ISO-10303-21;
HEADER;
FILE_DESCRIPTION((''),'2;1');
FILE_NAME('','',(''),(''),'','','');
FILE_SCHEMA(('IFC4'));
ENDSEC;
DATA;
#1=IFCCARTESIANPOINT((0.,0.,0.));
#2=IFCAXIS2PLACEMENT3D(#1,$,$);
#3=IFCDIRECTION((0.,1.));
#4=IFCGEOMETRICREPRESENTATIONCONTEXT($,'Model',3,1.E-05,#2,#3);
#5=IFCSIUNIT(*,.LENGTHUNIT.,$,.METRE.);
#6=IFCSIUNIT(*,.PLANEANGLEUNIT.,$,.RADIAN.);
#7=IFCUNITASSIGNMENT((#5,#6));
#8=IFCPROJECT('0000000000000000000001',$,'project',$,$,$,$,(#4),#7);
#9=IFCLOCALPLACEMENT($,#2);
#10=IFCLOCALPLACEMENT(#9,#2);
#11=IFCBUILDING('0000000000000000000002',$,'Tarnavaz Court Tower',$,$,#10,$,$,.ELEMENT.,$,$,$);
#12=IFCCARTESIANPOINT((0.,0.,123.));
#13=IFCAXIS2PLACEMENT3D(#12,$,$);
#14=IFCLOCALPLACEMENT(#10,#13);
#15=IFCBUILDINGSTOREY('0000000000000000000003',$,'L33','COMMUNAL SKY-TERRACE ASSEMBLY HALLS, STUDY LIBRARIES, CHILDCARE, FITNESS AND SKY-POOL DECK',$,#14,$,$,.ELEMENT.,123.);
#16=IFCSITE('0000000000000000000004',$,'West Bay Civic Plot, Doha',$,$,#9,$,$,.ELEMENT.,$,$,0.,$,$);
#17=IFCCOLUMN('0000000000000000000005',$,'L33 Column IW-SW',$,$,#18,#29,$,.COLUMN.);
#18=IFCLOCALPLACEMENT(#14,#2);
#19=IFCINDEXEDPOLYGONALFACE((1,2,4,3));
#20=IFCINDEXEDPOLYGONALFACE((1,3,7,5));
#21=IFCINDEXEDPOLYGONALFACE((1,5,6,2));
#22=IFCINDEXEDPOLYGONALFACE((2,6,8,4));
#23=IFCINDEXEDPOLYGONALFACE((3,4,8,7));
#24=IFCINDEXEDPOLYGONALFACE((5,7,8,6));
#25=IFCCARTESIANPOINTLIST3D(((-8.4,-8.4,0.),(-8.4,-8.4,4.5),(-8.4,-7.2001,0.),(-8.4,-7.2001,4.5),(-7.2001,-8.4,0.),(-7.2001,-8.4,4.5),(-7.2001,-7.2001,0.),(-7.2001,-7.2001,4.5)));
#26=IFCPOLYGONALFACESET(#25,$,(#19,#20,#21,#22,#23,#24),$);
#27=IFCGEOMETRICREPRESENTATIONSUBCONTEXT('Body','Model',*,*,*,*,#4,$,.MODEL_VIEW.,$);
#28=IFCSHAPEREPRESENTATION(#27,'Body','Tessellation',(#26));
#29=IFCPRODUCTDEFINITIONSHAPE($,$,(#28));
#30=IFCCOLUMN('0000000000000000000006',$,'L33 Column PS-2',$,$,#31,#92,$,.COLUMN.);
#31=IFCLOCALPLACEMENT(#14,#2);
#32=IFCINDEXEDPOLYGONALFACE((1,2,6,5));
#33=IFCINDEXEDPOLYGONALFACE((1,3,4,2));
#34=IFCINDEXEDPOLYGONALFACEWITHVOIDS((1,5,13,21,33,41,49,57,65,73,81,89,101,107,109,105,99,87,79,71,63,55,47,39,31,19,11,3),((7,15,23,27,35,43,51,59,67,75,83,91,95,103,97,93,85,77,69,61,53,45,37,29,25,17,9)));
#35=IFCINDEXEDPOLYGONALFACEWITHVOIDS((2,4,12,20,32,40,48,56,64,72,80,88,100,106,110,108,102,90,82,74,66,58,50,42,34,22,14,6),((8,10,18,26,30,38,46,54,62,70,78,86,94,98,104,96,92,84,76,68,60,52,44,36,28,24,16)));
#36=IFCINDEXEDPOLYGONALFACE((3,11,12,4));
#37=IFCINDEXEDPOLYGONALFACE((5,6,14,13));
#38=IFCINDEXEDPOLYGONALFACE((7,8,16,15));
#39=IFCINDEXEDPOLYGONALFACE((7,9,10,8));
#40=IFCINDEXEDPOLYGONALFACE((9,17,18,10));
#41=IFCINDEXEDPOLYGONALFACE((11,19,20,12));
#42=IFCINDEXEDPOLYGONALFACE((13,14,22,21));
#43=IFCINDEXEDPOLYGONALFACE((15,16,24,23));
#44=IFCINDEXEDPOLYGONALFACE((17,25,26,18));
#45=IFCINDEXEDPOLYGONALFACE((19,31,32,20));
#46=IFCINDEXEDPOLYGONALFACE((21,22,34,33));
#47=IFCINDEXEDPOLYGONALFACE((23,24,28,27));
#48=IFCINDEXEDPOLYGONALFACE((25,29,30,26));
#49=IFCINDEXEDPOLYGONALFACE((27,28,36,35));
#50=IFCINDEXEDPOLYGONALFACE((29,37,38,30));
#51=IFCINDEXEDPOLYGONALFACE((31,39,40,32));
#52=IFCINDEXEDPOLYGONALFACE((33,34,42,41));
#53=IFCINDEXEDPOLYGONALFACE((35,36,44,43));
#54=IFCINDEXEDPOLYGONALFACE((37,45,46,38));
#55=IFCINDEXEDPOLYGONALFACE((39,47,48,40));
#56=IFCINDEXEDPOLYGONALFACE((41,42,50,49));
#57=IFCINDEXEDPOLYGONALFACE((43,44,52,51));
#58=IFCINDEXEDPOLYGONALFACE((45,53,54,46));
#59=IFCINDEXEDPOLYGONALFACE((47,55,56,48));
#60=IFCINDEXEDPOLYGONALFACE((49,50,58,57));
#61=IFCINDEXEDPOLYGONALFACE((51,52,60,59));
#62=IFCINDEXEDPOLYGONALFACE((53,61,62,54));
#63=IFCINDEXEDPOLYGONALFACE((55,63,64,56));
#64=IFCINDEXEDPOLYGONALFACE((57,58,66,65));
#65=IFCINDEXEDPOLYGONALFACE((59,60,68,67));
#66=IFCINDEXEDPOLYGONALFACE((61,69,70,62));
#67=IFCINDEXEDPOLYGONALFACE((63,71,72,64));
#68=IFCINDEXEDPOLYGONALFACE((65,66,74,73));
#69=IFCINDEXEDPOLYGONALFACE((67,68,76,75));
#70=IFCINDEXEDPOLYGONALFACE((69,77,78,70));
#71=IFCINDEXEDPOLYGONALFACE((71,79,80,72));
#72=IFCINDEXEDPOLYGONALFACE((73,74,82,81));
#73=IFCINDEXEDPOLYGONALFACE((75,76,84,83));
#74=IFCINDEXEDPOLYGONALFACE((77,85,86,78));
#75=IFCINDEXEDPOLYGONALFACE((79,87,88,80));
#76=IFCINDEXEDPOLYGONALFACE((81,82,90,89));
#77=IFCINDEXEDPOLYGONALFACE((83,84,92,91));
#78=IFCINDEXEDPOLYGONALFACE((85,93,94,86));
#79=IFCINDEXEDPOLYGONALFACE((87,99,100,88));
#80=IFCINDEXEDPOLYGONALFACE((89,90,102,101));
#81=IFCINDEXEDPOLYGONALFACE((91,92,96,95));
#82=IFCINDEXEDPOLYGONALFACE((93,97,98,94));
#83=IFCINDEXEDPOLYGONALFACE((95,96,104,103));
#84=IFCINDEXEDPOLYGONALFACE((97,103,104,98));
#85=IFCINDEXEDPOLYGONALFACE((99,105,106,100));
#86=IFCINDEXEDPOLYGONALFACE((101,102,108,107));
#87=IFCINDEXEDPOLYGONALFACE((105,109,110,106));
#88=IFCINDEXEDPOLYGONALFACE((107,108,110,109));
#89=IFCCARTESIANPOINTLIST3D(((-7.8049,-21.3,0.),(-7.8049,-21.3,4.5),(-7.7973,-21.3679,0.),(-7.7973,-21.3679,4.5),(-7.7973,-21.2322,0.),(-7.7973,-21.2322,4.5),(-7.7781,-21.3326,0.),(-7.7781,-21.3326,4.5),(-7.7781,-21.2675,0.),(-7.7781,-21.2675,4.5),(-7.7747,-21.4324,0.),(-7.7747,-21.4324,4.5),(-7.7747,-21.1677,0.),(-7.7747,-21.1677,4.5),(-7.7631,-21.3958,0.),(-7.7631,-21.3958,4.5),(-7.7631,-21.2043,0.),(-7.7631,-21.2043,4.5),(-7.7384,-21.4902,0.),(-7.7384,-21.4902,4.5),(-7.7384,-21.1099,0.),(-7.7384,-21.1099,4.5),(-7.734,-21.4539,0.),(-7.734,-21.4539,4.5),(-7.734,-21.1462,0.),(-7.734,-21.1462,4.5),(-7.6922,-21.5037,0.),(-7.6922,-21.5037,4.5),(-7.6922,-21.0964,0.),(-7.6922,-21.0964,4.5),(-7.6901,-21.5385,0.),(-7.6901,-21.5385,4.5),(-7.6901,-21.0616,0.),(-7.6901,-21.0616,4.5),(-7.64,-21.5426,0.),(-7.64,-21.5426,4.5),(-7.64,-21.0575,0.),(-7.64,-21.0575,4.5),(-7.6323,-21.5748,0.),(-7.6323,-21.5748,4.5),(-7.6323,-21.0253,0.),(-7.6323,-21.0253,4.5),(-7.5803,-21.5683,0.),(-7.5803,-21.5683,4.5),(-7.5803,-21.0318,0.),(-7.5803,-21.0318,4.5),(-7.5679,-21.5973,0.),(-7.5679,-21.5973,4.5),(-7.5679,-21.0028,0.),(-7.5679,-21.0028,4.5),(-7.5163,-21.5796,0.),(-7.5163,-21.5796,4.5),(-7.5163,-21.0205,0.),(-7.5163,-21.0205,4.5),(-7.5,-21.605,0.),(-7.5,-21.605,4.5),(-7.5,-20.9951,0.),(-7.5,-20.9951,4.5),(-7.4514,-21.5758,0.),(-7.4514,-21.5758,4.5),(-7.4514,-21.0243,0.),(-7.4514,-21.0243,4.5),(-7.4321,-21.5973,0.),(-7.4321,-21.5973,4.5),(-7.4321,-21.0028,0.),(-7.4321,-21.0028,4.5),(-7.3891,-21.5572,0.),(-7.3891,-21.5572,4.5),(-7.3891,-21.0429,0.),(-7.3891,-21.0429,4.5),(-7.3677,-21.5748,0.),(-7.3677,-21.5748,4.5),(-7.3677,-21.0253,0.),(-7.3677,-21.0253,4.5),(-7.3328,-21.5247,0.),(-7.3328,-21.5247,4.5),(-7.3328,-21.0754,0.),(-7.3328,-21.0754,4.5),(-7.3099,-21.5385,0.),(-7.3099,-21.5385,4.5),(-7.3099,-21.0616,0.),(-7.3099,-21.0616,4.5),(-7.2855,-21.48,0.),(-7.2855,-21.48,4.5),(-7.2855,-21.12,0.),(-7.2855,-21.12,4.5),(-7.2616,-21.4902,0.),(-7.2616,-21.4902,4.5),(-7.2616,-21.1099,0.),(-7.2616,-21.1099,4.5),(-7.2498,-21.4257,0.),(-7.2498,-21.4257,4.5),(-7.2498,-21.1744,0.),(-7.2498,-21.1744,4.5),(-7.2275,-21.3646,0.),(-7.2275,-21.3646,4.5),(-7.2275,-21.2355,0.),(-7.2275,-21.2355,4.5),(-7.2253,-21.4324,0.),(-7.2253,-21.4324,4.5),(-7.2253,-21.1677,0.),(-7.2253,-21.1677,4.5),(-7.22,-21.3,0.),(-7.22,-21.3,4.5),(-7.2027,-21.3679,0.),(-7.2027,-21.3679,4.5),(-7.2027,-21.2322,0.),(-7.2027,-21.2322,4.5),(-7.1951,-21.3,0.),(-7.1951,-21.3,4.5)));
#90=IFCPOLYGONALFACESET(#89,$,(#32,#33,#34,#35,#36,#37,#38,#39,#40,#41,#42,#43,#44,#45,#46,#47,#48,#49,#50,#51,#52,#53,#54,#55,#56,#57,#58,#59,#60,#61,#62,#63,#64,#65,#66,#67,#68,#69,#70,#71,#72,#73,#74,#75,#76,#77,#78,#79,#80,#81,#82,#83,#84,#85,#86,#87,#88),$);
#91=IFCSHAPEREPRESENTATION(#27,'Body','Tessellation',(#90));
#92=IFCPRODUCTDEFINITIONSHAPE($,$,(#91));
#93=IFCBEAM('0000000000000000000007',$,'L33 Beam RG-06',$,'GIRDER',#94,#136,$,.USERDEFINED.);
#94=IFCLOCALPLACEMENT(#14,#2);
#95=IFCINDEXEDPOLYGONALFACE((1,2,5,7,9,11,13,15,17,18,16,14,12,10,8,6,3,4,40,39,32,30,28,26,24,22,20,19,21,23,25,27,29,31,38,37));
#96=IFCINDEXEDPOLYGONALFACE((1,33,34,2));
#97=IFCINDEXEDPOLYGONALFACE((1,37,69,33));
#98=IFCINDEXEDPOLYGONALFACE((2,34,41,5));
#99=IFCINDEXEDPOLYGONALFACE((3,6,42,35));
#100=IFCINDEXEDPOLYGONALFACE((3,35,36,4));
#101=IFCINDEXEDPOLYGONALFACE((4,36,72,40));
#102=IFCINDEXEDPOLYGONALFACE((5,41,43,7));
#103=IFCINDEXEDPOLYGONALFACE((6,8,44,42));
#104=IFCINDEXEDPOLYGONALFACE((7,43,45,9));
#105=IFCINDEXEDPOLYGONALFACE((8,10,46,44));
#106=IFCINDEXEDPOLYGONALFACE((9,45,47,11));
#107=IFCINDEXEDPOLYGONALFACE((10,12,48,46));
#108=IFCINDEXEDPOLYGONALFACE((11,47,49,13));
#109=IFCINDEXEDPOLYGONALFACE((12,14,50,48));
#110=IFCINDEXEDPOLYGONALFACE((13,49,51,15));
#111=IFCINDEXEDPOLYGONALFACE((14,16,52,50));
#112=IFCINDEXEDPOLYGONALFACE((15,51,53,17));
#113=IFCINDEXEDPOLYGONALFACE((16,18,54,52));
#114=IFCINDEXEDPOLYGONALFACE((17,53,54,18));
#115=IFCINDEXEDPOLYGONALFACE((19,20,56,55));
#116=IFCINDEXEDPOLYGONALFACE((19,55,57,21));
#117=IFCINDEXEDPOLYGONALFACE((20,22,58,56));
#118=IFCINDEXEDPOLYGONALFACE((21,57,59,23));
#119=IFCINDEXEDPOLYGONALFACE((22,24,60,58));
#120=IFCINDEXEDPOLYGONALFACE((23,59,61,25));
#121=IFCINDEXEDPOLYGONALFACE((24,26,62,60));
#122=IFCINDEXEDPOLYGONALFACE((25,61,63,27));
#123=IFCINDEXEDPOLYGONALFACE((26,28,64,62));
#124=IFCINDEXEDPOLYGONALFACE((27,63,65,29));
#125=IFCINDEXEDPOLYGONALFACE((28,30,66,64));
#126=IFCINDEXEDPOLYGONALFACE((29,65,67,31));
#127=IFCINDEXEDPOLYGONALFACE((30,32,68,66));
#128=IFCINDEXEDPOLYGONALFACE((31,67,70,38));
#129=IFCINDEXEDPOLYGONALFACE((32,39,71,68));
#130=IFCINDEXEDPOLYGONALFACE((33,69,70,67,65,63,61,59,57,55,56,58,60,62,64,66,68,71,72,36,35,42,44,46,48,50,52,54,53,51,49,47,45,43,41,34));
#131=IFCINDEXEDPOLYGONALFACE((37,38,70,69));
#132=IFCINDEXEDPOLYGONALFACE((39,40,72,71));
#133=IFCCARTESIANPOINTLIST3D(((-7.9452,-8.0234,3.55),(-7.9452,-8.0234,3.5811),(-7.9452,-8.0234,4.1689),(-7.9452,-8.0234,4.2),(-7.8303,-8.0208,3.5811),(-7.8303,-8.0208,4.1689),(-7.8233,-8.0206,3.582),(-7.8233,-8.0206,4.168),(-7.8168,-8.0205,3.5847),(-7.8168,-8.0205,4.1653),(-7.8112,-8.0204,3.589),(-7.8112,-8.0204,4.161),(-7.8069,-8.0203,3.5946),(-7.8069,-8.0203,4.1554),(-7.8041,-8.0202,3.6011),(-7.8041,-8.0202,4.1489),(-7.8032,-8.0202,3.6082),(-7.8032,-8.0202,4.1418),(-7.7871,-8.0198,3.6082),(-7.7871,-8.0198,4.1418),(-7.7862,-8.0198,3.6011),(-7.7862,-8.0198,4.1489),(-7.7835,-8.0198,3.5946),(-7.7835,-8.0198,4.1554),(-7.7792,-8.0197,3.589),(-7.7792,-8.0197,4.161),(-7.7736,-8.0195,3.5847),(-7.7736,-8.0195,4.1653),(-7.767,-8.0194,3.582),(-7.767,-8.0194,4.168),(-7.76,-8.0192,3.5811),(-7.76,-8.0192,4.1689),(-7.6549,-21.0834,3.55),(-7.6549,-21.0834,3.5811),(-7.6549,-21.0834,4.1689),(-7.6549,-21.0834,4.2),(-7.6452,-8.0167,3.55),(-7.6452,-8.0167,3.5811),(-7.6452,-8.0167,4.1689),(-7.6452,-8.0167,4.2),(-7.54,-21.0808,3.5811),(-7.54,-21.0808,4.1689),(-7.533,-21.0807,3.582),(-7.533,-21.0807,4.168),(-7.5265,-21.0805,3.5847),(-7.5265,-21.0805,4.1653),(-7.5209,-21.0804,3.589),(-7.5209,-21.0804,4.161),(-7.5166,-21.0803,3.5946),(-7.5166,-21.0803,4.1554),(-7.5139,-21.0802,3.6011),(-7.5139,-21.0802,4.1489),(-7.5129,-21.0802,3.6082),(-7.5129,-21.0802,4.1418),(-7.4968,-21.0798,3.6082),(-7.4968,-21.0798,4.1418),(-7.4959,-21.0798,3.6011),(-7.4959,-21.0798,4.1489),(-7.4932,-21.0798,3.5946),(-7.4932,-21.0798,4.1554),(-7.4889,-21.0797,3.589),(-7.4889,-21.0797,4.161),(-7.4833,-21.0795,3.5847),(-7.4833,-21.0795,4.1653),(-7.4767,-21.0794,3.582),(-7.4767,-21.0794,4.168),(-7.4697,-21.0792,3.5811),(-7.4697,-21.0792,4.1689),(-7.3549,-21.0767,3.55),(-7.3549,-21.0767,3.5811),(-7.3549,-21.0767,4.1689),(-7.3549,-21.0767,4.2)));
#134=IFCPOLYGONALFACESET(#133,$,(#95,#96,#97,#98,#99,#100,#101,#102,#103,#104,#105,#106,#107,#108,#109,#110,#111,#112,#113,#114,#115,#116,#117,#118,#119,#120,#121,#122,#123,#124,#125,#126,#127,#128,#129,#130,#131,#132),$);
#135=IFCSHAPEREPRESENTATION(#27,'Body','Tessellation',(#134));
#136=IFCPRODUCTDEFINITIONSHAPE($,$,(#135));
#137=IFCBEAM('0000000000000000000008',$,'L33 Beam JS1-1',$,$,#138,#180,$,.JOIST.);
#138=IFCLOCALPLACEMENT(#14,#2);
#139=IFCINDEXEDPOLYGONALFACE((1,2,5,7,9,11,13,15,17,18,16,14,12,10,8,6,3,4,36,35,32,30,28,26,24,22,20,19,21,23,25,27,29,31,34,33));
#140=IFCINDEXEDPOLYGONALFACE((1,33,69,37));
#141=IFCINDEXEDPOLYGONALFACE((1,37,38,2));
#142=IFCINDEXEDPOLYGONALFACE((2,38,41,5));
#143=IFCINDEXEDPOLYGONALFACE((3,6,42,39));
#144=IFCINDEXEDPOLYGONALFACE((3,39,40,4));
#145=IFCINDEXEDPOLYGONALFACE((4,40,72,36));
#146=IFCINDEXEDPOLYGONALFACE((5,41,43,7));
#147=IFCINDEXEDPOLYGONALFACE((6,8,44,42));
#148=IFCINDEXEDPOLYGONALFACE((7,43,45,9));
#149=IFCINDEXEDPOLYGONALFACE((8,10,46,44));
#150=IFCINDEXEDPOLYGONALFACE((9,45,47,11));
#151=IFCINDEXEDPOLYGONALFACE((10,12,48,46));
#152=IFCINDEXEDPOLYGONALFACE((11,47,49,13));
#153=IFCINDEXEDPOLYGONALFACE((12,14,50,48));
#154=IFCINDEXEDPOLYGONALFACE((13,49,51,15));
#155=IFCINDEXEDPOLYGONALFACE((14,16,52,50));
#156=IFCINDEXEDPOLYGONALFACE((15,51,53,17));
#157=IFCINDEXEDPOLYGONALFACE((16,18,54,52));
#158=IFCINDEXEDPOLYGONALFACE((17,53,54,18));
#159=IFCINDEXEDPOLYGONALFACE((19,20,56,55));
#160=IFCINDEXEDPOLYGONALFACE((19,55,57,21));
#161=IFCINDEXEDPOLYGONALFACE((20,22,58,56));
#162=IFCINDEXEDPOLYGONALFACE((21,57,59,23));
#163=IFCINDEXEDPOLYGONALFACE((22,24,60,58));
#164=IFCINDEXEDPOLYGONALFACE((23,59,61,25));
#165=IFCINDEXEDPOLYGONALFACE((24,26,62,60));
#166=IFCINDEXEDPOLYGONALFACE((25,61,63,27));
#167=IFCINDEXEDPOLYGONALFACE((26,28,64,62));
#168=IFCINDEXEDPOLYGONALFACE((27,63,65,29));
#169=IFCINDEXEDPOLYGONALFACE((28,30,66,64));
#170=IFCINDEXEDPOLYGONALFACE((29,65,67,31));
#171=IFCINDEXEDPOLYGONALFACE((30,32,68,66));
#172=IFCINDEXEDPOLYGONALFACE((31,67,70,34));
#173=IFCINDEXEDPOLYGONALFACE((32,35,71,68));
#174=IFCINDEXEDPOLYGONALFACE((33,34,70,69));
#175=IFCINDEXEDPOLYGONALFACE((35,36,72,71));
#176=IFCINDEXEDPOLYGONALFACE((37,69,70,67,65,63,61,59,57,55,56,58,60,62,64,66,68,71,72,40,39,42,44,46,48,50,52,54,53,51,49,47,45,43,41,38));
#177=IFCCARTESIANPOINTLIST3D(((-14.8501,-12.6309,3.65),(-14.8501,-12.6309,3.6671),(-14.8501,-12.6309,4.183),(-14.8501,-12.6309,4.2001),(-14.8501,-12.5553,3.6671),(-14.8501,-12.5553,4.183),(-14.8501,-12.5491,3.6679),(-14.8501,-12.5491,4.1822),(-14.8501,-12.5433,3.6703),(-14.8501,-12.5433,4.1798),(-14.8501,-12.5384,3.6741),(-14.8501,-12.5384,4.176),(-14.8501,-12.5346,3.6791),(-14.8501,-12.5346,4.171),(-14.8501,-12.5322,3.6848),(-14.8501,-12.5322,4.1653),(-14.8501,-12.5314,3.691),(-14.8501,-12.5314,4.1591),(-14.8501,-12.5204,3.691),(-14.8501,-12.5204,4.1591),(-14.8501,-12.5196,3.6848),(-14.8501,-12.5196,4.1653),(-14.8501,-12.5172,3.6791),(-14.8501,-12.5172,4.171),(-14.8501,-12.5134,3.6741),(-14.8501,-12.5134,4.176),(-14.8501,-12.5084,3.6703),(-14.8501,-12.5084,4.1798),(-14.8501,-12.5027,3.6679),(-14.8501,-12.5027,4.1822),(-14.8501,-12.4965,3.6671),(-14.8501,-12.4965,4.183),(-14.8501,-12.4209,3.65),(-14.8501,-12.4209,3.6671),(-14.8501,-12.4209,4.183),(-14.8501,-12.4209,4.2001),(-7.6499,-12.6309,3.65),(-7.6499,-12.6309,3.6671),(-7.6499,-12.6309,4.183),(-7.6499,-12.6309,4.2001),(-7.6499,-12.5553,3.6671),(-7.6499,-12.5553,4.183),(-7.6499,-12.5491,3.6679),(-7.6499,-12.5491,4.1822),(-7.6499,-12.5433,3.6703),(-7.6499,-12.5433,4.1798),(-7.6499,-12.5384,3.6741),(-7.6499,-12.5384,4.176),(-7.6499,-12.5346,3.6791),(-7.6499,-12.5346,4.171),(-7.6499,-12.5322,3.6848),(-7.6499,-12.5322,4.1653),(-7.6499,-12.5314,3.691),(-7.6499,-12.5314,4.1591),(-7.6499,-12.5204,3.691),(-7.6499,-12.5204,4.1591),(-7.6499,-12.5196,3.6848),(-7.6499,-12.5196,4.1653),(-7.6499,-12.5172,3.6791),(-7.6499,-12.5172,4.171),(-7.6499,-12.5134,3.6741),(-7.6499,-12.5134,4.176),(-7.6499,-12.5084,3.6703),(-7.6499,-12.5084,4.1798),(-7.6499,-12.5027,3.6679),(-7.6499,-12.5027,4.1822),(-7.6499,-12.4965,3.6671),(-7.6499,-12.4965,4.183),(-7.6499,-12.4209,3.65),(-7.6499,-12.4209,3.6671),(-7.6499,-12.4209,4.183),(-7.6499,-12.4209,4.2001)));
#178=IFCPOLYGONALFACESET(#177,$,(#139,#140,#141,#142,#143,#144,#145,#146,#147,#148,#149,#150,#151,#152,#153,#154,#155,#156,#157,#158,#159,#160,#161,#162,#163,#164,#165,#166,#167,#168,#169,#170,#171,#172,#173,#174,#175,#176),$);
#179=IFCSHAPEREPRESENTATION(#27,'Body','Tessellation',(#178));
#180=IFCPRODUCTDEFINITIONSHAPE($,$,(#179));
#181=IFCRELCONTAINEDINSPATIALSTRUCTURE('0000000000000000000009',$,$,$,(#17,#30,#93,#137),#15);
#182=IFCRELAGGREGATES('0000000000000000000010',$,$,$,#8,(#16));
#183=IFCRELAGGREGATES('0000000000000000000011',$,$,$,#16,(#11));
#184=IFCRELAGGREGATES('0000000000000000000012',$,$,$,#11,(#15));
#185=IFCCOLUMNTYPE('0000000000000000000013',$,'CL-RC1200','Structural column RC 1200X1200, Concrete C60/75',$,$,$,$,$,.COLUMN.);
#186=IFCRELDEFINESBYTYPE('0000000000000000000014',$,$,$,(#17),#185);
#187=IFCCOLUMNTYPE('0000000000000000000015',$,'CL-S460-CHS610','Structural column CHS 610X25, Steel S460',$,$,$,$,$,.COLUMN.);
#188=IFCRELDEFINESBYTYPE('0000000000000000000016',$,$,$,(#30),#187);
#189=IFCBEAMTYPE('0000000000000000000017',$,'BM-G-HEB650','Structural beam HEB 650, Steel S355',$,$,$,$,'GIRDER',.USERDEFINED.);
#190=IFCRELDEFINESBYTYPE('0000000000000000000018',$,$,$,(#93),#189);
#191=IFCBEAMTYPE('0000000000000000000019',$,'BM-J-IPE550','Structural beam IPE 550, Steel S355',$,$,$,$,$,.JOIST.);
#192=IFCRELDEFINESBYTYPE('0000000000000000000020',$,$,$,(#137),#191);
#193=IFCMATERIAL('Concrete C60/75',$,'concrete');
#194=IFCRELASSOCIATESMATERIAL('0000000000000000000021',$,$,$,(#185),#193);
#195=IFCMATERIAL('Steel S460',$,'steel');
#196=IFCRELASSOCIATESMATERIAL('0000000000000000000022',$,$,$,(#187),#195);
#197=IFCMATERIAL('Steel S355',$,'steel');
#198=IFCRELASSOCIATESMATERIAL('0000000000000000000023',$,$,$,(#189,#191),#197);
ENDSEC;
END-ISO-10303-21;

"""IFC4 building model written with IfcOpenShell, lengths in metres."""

from ifc_helpers import new_model, si_unit, direction, frame, origin, origin_2d, place, context, subcontext, project, spatial, rectangle, hollow_circle, i_section, extrude, material, material_profile, profile_set, type_object, element, save


model = new_model("IFC4")

# Units and contexts
model_context = context("Model", 3, precision=1e-05, world=origin(), true_north=direction((0.0, 1.0)))
body_context = subcontext(model_context, "Body", "Model", "MODEL_VIEW")
ifc_project = project(units=[si_unit("LENGTHUNIT", "METRE"), si_unit("PLANEANGLEUNIT", "RADIAN")], contexts=[model_context])

# Site, building, storey
site_placement = place(None, origin())
site = spatial("IfcSite", under=ifc_project, at=site_placement, Name="West Bay Civic Plot, Doha", CompositionType="ELEMENT", RefElevation=0.0)
building_placement = place(site_placement, origin())
building = spatial("IfcBuilding", under=site, at=building_placement, Name="Tarnavaz Court Tower", CompositionType="ELEMENT")
storey_placement = place(building_placement, frame((0.0, 0.0, 123.0)))
storey = spatial("IfcBuildingStorey", under=building, at=storey_placement, Name="L33", Description="COMMUNAL SKY-TERRACE ASSEMBLY HALLS, STUDY LIBRARIES, CHILDCARE, FITNESS AND SKY-POOL DECK", CompositionType="ELEMENT", Elevation=123.0)

# Columns
ifc_material_1 = material(Name="Concrete C60/75", Category="concrete")
ifc_material_profile_1 = material_profile(ifc_material_1, rectangle(XDim=1.2, YDim=1.2, at=origin_2d()), Name="RC 1200X1200")
ifc_profile_set_1 = profile_set([ifc_material_profile_1], Name="Concrete C60/75")
column_type_1 = type_object("IfcColumnType", Name="CL-RC1200", Description="Structural column RC 1200X1200, Concrete C60/75", PredefinedType="COLUMN", material=ifc_profile_set_1)
column_1_placement = place(storey_placement, frame((-7.8, -7.8, 0.0), z_axis=(0.0, 0.0, 1.0), x_axis=(1.0, 0.0, 0.0)))
element("IfcColumn", 1, at=column_1_placement, inside=storey, type_object=column_type_1, Name="L33 Column IW-SW", PredefinedType="COLUMN", context=body_context, shape_type="SweptSolid", body=[
    extrude(rectangle(XDim=1.2, YDim=1.2, at=origin_2d()), origin(), (0.0, 0.0, 1.0), 4.5),
])
ifc_material_2 = material(Name="Steel S460", Category="steel")
ifc_material_profile_2 = material_profile(ifc_material_2, hollow_circle(Radius=0.3049, WallThickness=0.0249, at=origin_2d()), Name="CHS 610X25")
ifc_profile_set_2 = profile_set([ifc_material_profile_2], Name="Steel S460")
column_type_2 = type_object("IfcColumnType", Name="CL-S460-CHS610", Description="Structural column CHS 610X25, Steel S460", PredefinedType="COLUMN", material=ifc_profile_set_2)
column_2_placement = place(storey_placement, frame((-7.5, -21.3, 0.0), z_axis=(0.0, 0.0, 1.0), x_axis=(1.0, 0.0, 0.0)))
element("IfcColumn", 2, at=column_2_placement, inside=storey, type_object=column_type_2, Name="L33 Column PS-2", PredefinedType="COLUMN", context=body_context, shape_type="SweptSolid", body=[
    extrude(hollow_circle(Radius=0.3049, WallThickness=0.0249, at=origin_2d()), origin(), (0.0, 0.0, 1.0), 4.5),
])

# Beams
ifc_material_3 = material(Name="Steel S355", Category="steel")
ifc_material_profile_3 = material_profile(ifc_material_3, i_section(OverallWidth=0.3, OverallDepth=0.6499, WebThickness=0.0161, FlangeThickness=0.031, FilletRadius=0.0271, at=origin_2d()), Name="HEB 650")
ifc_profile_set_3 = profile_set([ifc_material_profile_3], Name="Steel S355")
beam_type_1 = type_object("IfcBeamType", Name="BM-G-HEB650", Description="Structural beam HEB 650, Steel S355", ElementType="GIRDER", PredefinedType="USERDEFINED", material=ifc_profile_set_3)
beam_1_placement = place(storey_placement, frame((-7.7952, -8.02, 3.875), z_axis=(0.022221, -0.999753, 0.0), x_axis=(0.999753, 0.022221, 0.0)))
element("IfcBeam", 3, at=beam_1_placement, inside=storey, type_object=beam_type_1, Name="L33 Beam RG-06", ObjectType="GIRDER", PredefinedType="USERDEFINED", context=body_context, shape_type="SweptSolid", body=[
    extrude(i_section(OverallWidth=0.3, OverallDepth=0.6499, WebThickness=0.0161, FlangeThickness=0.031, FilletRadius=0.0271, at=origin_2d()), origin(), (0.0, 0.0, 1.0), 13.0632),
])
ifc_material_profile_4 = material_profile(ifc_material_3, i_section(OverallWidth=0.21, OverallDepth=0.55, WebThickness=0.011, FlangeThickness=0.0171, FilletRadius=0.0239, at=origin_2d()), Name="IPE 550")
ifc_profile_set_4 = profile_set([ifc_material_profile_4], Name="Steel S355")
beam_type_2 = type_object("IfcBeamType", Name="BM-J-IPE550", Description="Structural beam IPE 550, Steel S355", PredefinedType="JOIST", material=ifc_profile_set_4)
beam_2_placement = place(storey_placement, frame((-14.8501, -12.5259, 3.925), z_axis=(1.0, 0.0, 0.0), x_axis=(0.0, 1.0, 0.0)))
element("IfcBeam", 4, at=beam_2_placement, inside=storey, type_object=beam_type_2, Name="L33 Beam JS1-1", PredefinedType="JOIST", context=body_context, shape_type="SweptSolid", body=[
    extrude(i_section(OverallWidth=0.21, OverallDepth=0.55, WebThickness=0.011, FlangeThickness=0.0171, FilletRadius=0.0239, at=origin_2d()), origin(), (0.0, 0.0, 1.0), 7.2002),
])

save(model, "model.ifc")
